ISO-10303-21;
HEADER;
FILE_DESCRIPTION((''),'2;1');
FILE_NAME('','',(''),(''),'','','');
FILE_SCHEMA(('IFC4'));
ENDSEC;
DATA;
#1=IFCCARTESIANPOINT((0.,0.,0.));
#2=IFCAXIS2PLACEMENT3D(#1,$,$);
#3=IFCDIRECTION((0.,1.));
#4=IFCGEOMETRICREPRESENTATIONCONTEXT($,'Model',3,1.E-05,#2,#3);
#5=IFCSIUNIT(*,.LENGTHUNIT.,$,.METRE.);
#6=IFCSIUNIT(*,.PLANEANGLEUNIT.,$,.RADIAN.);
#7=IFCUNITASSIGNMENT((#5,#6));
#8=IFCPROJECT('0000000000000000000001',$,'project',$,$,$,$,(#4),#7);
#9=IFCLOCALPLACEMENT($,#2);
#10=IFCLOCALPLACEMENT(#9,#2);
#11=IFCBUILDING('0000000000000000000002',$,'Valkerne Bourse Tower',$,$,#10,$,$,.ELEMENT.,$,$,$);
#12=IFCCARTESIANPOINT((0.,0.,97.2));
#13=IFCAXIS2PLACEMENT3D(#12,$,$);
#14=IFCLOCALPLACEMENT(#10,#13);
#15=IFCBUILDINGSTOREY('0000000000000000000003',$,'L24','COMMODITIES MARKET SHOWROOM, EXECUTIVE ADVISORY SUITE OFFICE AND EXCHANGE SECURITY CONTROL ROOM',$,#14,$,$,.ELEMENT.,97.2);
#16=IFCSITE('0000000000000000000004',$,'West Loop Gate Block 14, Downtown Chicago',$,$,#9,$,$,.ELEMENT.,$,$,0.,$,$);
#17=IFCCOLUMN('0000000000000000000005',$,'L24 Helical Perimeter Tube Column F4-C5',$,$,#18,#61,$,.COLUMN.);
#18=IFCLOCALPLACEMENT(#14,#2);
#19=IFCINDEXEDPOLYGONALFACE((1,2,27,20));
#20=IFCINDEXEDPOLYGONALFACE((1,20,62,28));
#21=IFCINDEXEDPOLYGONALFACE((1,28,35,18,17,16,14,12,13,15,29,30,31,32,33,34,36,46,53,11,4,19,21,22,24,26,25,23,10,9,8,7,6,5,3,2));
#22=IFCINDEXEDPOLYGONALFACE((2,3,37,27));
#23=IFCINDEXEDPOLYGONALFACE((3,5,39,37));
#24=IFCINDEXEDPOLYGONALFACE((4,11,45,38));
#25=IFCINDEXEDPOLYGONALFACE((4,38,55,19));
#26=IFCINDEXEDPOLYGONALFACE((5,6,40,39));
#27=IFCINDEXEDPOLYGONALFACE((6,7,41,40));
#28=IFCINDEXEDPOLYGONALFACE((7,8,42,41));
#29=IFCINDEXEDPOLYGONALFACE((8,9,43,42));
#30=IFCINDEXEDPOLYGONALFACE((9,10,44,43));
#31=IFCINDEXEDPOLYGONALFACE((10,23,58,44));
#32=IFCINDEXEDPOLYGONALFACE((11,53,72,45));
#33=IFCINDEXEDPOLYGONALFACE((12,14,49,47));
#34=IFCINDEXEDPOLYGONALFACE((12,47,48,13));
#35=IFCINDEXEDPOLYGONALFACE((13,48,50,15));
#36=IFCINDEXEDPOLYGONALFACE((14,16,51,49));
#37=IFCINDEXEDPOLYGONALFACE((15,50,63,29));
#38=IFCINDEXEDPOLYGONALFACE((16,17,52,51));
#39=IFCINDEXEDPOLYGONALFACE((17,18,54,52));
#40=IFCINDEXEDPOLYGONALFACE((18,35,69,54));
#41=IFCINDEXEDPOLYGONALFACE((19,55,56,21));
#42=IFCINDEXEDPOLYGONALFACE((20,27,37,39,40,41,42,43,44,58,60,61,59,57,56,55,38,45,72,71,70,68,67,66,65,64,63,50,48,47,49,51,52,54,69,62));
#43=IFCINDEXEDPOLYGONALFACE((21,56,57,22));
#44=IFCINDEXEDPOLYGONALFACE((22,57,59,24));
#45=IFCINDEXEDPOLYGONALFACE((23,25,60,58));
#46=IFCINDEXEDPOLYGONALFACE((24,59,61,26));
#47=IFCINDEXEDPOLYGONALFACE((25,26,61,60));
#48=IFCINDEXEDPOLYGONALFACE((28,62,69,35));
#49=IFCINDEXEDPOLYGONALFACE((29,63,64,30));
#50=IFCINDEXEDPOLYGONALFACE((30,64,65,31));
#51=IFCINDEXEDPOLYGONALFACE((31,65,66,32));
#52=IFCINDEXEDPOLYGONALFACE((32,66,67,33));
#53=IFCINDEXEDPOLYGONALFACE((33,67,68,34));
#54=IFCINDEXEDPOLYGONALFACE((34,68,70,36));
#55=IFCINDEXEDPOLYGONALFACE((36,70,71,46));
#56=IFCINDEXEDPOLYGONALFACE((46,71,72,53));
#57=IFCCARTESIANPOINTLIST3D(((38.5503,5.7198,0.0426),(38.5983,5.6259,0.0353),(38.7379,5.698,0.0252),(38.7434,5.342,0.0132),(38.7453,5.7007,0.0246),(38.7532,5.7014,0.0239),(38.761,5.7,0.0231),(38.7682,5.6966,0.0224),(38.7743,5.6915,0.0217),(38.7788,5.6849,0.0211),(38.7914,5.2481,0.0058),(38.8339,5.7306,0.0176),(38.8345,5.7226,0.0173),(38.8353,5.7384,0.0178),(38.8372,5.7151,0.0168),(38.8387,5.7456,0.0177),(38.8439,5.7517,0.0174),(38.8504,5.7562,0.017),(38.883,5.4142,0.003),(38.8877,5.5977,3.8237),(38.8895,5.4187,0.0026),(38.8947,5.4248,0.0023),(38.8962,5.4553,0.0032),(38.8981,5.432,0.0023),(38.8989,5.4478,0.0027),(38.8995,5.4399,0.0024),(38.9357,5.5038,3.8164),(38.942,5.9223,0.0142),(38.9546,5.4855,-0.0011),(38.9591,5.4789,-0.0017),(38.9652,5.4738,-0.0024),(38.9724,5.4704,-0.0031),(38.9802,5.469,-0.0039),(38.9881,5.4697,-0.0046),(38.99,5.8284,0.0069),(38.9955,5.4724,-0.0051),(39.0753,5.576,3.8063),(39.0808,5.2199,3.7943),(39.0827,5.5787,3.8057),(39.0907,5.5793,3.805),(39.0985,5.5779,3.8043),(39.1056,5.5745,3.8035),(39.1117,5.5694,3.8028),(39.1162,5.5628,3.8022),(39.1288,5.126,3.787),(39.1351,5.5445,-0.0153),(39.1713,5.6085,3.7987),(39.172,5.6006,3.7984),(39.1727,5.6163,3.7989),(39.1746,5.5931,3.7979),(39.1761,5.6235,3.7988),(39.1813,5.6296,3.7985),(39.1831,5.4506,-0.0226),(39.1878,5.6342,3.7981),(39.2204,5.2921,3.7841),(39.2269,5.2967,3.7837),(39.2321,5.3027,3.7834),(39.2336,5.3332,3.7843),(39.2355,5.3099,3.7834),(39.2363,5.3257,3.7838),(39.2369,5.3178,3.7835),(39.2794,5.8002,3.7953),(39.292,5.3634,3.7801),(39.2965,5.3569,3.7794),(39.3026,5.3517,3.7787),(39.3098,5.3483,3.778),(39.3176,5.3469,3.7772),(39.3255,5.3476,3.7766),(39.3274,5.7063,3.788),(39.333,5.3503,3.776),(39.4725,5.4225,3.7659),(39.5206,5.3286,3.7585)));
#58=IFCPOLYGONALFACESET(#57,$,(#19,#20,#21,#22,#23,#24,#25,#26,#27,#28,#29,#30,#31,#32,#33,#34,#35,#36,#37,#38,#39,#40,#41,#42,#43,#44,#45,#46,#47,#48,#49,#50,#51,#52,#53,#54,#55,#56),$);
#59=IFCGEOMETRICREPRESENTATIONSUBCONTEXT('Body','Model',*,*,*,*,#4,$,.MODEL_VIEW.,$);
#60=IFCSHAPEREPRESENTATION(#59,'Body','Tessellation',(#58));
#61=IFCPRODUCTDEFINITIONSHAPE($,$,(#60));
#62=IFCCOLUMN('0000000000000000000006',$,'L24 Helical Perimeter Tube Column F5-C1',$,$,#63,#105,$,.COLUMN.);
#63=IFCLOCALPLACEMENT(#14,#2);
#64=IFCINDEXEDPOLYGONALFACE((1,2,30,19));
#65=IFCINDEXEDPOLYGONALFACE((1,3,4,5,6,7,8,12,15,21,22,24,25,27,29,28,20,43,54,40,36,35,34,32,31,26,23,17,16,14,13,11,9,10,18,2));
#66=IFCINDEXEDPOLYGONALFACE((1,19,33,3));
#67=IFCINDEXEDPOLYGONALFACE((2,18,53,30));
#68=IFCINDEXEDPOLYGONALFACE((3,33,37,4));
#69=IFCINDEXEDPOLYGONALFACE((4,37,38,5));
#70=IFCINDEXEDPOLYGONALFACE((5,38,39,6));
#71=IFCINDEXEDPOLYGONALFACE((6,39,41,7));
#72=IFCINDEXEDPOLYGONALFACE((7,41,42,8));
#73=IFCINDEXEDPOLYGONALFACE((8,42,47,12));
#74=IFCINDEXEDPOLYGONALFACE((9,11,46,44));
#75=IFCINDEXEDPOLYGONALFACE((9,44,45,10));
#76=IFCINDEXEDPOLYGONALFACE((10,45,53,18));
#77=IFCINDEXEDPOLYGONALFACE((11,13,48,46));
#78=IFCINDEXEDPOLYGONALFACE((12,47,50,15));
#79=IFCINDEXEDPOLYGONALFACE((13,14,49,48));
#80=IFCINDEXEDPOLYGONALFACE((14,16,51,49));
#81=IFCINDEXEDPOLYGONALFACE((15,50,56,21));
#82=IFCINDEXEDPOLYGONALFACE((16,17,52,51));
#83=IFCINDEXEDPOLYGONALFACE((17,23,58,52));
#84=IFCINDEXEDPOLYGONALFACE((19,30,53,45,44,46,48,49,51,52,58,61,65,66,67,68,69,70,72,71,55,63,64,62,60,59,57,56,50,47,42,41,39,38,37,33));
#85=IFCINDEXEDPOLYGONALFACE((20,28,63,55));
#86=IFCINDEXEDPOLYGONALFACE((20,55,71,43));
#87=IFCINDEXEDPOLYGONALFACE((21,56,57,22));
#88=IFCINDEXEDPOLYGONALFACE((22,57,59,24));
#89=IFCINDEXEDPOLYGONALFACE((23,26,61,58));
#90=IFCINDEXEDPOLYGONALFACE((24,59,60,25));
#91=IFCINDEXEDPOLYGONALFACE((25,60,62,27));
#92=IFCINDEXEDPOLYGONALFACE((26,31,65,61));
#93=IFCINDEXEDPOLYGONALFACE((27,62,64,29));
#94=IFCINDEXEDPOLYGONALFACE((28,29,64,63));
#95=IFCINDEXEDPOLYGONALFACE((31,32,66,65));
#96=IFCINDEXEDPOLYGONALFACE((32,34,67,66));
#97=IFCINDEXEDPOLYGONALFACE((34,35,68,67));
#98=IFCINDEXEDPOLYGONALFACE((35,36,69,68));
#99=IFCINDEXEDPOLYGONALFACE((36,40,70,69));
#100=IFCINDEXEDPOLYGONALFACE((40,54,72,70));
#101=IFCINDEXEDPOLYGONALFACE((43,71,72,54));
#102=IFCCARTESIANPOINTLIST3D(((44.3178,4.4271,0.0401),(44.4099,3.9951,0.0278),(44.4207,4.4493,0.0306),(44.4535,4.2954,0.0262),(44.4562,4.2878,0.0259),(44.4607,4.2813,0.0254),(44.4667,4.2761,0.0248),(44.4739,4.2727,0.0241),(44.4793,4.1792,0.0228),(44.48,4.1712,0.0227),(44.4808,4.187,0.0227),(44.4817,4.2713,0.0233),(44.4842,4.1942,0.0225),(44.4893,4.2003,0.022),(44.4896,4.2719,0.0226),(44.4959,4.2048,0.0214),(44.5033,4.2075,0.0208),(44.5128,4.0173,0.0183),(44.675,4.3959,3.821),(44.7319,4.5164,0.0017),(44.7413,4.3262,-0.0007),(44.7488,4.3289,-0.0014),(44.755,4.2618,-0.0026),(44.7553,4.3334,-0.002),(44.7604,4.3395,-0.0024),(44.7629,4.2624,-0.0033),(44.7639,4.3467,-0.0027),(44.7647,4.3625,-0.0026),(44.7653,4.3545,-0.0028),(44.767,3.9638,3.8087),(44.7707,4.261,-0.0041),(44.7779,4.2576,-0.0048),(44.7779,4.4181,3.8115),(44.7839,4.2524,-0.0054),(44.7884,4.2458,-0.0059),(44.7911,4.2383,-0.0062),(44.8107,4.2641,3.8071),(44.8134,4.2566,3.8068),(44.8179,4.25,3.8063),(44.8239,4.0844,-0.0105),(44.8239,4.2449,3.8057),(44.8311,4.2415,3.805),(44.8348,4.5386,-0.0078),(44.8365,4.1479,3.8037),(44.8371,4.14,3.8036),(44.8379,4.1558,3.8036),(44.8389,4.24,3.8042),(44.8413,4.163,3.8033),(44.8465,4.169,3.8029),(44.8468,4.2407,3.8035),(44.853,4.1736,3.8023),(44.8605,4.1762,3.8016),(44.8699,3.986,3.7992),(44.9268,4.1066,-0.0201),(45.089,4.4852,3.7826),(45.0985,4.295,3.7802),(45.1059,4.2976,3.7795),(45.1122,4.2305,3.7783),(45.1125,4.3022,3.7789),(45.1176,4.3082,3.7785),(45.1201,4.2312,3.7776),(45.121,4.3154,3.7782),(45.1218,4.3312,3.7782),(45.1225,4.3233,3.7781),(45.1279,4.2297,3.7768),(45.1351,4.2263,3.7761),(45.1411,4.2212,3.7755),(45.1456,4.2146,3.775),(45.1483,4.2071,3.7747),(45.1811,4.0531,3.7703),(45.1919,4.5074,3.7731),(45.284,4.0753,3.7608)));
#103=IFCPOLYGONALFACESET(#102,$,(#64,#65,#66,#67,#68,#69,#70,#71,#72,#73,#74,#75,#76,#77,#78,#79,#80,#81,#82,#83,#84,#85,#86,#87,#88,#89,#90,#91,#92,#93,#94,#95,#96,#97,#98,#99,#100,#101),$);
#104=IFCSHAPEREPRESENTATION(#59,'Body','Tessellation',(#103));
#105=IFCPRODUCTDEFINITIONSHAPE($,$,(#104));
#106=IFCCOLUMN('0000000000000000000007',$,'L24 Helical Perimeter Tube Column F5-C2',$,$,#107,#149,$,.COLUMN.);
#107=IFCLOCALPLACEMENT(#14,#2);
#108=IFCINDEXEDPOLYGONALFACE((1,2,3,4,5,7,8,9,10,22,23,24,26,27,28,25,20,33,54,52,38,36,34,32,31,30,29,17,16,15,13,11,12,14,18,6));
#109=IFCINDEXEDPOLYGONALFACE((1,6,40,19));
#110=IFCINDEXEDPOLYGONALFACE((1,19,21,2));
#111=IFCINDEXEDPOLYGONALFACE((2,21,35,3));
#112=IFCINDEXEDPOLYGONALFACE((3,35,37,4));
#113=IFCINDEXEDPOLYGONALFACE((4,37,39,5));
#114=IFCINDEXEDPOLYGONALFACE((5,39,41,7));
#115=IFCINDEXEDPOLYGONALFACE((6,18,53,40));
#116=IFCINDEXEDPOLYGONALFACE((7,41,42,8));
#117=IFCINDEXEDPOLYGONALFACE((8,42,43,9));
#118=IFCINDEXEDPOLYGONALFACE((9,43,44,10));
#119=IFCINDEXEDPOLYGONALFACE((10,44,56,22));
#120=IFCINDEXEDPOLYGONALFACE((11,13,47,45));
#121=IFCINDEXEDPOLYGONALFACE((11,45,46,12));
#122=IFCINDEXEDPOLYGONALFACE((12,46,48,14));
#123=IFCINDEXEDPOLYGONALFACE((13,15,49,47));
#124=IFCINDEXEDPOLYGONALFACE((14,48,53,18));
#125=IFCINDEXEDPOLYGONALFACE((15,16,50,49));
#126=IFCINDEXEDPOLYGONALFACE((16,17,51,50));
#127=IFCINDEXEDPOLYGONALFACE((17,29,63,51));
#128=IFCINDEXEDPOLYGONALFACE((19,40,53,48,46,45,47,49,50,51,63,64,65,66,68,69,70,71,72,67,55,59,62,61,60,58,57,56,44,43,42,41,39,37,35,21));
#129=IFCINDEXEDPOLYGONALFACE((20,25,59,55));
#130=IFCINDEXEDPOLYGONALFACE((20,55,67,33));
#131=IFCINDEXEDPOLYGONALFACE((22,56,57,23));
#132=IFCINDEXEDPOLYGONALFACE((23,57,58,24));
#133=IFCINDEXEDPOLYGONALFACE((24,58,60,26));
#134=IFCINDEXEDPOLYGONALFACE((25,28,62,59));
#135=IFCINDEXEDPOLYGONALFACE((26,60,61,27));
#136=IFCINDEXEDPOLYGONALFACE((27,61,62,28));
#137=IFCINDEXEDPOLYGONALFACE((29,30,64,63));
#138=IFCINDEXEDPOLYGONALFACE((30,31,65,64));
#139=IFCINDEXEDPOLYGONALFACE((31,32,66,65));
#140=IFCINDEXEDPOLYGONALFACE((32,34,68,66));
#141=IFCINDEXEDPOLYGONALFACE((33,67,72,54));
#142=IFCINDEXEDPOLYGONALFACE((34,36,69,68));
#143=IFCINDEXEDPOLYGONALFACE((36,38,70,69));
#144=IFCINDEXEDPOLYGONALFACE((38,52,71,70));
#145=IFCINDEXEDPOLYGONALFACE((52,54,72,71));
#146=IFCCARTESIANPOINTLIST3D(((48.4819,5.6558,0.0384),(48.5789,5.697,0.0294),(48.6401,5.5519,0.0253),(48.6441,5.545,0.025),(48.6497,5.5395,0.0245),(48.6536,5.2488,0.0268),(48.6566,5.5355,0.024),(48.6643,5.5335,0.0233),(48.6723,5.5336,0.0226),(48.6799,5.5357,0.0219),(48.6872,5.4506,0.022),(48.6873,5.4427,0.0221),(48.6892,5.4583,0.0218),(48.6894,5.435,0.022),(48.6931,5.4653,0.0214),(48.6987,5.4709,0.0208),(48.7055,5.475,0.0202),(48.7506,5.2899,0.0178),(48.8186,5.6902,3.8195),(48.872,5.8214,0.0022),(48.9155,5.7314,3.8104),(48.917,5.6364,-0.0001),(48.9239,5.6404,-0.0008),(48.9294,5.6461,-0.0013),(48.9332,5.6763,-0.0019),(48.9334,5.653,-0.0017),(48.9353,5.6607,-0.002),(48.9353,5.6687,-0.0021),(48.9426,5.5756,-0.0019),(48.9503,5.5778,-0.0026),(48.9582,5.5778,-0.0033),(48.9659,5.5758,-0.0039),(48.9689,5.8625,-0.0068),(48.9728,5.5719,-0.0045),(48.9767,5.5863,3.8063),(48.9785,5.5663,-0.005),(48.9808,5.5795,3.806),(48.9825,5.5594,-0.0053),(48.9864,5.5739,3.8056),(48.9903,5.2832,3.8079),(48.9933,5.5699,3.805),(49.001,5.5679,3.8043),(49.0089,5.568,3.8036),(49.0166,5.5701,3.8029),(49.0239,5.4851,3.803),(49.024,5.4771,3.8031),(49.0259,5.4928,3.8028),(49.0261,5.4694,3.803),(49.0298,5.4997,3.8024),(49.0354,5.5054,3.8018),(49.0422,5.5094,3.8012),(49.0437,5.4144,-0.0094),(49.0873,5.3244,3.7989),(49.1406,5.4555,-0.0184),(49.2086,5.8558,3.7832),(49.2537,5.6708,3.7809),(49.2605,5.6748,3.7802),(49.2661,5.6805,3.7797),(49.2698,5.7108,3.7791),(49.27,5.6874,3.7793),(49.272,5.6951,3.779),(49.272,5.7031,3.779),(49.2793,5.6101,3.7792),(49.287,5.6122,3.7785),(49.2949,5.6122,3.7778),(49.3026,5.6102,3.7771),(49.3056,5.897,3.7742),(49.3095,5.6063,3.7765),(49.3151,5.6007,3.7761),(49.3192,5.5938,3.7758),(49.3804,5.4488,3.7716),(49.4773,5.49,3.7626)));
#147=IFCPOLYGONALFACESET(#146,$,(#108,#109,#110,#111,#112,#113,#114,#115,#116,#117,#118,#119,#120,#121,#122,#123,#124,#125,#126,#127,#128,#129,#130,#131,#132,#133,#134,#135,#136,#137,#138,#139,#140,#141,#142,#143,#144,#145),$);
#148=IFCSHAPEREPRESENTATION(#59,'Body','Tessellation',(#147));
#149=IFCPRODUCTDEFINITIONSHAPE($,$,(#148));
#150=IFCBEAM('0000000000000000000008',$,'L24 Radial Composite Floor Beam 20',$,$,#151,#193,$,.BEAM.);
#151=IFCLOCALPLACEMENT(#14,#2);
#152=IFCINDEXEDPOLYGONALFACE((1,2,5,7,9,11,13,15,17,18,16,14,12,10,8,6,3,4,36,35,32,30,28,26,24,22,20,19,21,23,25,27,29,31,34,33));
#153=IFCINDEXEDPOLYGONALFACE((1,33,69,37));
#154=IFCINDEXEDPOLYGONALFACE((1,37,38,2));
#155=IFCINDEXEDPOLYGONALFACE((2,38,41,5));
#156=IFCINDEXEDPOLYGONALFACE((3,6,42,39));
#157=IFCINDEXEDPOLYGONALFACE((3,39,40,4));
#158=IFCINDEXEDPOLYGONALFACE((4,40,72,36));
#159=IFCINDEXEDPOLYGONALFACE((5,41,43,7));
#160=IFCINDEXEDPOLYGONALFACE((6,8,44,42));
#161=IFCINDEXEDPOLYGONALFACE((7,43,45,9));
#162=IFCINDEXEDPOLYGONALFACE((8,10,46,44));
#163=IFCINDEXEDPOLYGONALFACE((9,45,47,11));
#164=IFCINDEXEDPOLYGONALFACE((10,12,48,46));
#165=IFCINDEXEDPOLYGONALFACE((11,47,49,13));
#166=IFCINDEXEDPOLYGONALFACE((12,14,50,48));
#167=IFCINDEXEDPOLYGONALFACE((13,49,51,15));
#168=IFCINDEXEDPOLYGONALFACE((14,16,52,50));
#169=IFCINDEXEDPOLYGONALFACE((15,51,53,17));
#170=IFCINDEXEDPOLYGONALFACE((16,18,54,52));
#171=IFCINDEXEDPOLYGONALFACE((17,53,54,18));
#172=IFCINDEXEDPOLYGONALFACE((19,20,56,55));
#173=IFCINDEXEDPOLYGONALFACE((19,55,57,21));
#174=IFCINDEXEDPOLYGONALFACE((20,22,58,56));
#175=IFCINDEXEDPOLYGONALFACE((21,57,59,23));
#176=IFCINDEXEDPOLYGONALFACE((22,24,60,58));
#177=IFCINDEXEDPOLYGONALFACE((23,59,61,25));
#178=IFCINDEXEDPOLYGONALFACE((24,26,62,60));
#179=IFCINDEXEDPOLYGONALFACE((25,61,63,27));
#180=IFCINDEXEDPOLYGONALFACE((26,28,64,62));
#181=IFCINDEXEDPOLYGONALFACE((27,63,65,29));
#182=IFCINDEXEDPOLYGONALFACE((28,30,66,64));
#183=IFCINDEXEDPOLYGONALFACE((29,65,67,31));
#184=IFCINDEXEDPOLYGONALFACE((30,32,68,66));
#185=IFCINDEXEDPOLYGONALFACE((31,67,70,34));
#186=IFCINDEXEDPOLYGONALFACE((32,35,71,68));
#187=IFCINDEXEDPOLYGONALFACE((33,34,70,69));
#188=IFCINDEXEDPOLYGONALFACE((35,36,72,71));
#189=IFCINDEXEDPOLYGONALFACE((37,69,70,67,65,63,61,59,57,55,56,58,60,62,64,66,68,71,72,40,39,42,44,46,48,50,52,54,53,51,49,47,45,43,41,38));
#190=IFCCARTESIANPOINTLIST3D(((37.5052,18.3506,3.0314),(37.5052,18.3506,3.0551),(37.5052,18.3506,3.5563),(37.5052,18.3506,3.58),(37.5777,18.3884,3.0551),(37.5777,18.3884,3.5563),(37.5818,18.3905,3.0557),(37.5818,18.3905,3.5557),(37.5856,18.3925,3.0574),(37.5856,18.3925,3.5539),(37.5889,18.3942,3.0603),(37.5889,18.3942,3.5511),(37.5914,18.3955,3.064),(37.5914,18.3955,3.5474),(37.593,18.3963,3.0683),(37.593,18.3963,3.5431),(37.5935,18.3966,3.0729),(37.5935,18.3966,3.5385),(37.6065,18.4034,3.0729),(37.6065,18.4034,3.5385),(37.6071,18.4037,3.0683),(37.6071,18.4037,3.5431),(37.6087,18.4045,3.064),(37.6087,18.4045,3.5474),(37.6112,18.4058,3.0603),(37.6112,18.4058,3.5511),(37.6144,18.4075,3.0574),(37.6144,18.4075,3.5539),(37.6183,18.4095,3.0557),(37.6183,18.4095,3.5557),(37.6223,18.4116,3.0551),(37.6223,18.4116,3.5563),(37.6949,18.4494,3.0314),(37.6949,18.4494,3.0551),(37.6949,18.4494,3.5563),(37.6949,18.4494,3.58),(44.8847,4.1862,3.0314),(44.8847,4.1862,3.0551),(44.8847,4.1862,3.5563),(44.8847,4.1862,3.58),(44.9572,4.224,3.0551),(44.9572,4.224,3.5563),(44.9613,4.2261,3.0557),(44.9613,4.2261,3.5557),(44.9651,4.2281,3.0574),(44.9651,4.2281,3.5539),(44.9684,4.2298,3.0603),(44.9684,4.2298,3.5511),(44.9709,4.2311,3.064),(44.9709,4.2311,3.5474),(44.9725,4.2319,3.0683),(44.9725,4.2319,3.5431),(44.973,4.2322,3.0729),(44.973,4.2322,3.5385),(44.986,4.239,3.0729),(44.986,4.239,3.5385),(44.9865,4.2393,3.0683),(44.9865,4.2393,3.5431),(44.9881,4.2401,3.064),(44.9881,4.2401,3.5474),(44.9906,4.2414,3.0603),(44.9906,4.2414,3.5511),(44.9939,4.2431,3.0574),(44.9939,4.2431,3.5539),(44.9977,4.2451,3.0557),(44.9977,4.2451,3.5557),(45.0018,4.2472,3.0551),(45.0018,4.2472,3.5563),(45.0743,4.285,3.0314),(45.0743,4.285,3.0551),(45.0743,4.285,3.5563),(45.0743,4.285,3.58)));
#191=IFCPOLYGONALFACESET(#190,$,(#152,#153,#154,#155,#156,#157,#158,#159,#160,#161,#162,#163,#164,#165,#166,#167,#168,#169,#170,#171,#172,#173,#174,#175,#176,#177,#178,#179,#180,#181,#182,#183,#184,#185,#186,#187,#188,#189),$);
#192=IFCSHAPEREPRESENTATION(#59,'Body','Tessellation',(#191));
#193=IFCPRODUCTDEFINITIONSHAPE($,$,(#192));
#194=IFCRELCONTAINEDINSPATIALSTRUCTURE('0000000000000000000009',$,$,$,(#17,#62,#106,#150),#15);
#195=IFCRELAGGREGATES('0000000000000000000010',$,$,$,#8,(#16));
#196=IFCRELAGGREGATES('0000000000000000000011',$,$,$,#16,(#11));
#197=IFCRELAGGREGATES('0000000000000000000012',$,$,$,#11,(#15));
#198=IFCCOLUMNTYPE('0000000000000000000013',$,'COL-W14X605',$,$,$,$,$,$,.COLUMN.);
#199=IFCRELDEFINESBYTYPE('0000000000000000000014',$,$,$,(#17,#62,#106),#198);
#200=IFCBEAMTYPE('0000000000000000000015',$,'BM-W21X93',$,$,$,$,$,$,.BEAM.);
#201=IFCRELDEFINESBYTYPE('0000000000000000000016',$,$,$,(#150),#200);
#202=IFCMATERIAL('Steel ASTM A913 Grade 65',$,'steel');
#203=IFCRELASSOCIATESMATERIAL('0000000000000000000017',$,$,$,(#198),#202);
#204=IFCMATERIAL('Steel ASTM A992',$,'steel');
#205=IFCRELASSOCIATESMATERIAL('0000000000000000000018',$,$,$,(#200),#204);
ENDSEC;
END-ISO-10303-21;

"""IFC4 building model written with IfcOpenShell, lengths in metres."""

from ifc_helpers import new_model, si_unit, direction, frame, origin, origin_2d, place, context, subcontext, project, spatial, i_section, extrude, material, material_profile, profile_set, type_object, element, save


model = new_model("IFC4")

# Units and contexts
model_context = context("Model", 3, precision=1e-05, world=origin(), true_north=direction((0.0, 1.0)))
body_context = subcontext(model_context, "Body", "Model", "MODEL_VIEW")
ifc_project = project(units=[si_unit("LENGTHUNIT", "METRE"), si_unit("PLANEANGLEUNIT", "RADIAN")], contexts=[model_context])

# Site, building, storey
site_placement = place(None, origin())
site = spatial("IfcSite", under=ifc_project, at=site_placement, Name="West Loop Gate Block 14, Downtown Chicago", CompositionType="ELEMENT", RefElevation=0.0)
building_placement = place(site_placement, origin())
building = spatial("IfcBuilding", under=site, at=building_placement, Name="Valkerne Bourse Tower", CompositionType="ELEMENT")
storey_placement = place(building_placement, frame((0.0, 0.0, 97.2)))
storey = spatial("IfcBuildingStorey", under=building, at=storey_placement, Name="L24", Description="COMMODITIES MARKET SHOWROOM, EXECUTIVE ADVISORY SUITE OFFICE AND EXCHANGE SECURITY CONTROL ROOM", CompositionType="ELEMENT", Elevation=97.2)

# Columns
ifc_material_1 = material(Name="Steel ASTM A913 Grade 65", Category="steel")
ifc_material_profile_1 = material_profile(ifc_material_1, i_section(OverallWidth=0.4419, OverallDepth=0.531, WebThickness=0.0659, FlangeThickness=0.1057, FilletRadius=0.0305, at=origin_2d()), Name="W14X605")
ifc_profile_set_1 = profile_set([ifc_material_profile_1], Name="Steel ASTM A913 Grade 65")
column_type = type_object("IfcColumnType", Name="COL-W14X605", PredefinedType="COLUMN", material=ifc_profile_set_1)
column_1_placement = place(storey_placement, frame((38.8667, 5.5852, 0.01), z_axis=(0.088837, -0.032141, 0.995527), x_axis=(0.886472, 0.458291, -0.064309)))
element("IfcColumn", 1, at=column_1_placement, inside=storey, type_object=column_type, Name="L24 Helical Perimeter Tube Column F4-C5", PredefinedType="COLUMN", context=body_context, shape_type="SweptSolid", body=[
    extrude(i_section(OverallWidth=0.4419, OverallDepth=0.531, WebThickness=0.0659, FlangeThickness=0.1057, FilletRadius=0.0305, at=origin_2d()), origin(), (0.0, 0.0, 1.0), 3.7981),
])
column_2_placement = place(storey_placement, frame((44.6223, 4.2668, 0.01), z_axis=(0.094044, -0.008228, 0.995534), x_axis=(-0.208308, 0.977669, 0.027758)))
element("IfcColumn", 2, at=column_2_placement, inside=storey, type_object=column_type, Name="L24 Helical Perimeter Tube Column F5-C1", PredefinedType="COLUMN", context=body_context, shape_type="SweptSolid", body=[
    extrude(i_section(OverallWidth=0.4419, OverallDepth=0.531, WebThickness=0.0659, FlangeThickness=0.1057, FilletRadius=0.0305, at=origin_2d()), origin(), (0.0, 0.0, 1.0), 3.7979),
])
column_3_placement = place(storey_placement, frame((48.8113, 5.5557, 0.01), z_axis=(0.088688, 0.009068, 0.996018), x_axis=(-0.388572, 0.921046, 0.026214)))
element("IfcColumn", 3, at=column_3_placement, inside=storey, type_object=column_type, Name="L24 Helical Perimeter Tube Column F5-C2", PredefinedType="COLUMN", context=body_context, shape_type="SweptSolid", body=[
    extrude(i_section(OverallWidth=0.4419, OverallDepth=0.531, WebThickness=0.0659, FlangeThickness=0.1057, FilletRadius=0.0305, at=origin_2d()), origin(), (0.0, 0.0, 1.0), 3.7961),
])

# Beam
ifc_material_2 = material(Name="Steel ASTM A992", Category="steel")
ifc_material_profile_2 = material_profile(ifc_material_2, i_section(OverallWidth=0.2139, OverallDepth=0.5486, WebThickness=0.0146, FlangeThickness=0.0237, FilletRadius=0.0178, at=origin_2d()), Name="W21X93")
ifc_profile_set_2 = profile_set([ifc_material_profile_2], Name="Steel ASTM A992")
beam_type_1 = type_object("IfcBeamType", Name="BM-W21X93", PredefinedType="BEAM", material=ifc_profile_set_2)
beam_1_placement = place(storey_placement, frame((44.9795, 4.2356, 3.3057), z_axis=(-0.46204, 0.886859, 0.0), x_axis=(-0.886859, -0.46204, 0.0)))
element("IfcBeam", 4, at=beam_1_placement, inside=storey, type_object=beam_type_1, Name="L24 Radial Composite Floor Beam 20", PredefinedType="BEAM", context=body_context, shape_type="SweptSolid", body=[
    extrude(i_section(OverallWidth=0.2139, OverallDepth=0.5486, WebThickness=0.0146, FlangeThickness=0.0237, FilletRadius=0.0178, at=origin_2d()), origin(), (0.0, 0.0, 1.0), 15.9714),
])

save(model, "model.ifc")
